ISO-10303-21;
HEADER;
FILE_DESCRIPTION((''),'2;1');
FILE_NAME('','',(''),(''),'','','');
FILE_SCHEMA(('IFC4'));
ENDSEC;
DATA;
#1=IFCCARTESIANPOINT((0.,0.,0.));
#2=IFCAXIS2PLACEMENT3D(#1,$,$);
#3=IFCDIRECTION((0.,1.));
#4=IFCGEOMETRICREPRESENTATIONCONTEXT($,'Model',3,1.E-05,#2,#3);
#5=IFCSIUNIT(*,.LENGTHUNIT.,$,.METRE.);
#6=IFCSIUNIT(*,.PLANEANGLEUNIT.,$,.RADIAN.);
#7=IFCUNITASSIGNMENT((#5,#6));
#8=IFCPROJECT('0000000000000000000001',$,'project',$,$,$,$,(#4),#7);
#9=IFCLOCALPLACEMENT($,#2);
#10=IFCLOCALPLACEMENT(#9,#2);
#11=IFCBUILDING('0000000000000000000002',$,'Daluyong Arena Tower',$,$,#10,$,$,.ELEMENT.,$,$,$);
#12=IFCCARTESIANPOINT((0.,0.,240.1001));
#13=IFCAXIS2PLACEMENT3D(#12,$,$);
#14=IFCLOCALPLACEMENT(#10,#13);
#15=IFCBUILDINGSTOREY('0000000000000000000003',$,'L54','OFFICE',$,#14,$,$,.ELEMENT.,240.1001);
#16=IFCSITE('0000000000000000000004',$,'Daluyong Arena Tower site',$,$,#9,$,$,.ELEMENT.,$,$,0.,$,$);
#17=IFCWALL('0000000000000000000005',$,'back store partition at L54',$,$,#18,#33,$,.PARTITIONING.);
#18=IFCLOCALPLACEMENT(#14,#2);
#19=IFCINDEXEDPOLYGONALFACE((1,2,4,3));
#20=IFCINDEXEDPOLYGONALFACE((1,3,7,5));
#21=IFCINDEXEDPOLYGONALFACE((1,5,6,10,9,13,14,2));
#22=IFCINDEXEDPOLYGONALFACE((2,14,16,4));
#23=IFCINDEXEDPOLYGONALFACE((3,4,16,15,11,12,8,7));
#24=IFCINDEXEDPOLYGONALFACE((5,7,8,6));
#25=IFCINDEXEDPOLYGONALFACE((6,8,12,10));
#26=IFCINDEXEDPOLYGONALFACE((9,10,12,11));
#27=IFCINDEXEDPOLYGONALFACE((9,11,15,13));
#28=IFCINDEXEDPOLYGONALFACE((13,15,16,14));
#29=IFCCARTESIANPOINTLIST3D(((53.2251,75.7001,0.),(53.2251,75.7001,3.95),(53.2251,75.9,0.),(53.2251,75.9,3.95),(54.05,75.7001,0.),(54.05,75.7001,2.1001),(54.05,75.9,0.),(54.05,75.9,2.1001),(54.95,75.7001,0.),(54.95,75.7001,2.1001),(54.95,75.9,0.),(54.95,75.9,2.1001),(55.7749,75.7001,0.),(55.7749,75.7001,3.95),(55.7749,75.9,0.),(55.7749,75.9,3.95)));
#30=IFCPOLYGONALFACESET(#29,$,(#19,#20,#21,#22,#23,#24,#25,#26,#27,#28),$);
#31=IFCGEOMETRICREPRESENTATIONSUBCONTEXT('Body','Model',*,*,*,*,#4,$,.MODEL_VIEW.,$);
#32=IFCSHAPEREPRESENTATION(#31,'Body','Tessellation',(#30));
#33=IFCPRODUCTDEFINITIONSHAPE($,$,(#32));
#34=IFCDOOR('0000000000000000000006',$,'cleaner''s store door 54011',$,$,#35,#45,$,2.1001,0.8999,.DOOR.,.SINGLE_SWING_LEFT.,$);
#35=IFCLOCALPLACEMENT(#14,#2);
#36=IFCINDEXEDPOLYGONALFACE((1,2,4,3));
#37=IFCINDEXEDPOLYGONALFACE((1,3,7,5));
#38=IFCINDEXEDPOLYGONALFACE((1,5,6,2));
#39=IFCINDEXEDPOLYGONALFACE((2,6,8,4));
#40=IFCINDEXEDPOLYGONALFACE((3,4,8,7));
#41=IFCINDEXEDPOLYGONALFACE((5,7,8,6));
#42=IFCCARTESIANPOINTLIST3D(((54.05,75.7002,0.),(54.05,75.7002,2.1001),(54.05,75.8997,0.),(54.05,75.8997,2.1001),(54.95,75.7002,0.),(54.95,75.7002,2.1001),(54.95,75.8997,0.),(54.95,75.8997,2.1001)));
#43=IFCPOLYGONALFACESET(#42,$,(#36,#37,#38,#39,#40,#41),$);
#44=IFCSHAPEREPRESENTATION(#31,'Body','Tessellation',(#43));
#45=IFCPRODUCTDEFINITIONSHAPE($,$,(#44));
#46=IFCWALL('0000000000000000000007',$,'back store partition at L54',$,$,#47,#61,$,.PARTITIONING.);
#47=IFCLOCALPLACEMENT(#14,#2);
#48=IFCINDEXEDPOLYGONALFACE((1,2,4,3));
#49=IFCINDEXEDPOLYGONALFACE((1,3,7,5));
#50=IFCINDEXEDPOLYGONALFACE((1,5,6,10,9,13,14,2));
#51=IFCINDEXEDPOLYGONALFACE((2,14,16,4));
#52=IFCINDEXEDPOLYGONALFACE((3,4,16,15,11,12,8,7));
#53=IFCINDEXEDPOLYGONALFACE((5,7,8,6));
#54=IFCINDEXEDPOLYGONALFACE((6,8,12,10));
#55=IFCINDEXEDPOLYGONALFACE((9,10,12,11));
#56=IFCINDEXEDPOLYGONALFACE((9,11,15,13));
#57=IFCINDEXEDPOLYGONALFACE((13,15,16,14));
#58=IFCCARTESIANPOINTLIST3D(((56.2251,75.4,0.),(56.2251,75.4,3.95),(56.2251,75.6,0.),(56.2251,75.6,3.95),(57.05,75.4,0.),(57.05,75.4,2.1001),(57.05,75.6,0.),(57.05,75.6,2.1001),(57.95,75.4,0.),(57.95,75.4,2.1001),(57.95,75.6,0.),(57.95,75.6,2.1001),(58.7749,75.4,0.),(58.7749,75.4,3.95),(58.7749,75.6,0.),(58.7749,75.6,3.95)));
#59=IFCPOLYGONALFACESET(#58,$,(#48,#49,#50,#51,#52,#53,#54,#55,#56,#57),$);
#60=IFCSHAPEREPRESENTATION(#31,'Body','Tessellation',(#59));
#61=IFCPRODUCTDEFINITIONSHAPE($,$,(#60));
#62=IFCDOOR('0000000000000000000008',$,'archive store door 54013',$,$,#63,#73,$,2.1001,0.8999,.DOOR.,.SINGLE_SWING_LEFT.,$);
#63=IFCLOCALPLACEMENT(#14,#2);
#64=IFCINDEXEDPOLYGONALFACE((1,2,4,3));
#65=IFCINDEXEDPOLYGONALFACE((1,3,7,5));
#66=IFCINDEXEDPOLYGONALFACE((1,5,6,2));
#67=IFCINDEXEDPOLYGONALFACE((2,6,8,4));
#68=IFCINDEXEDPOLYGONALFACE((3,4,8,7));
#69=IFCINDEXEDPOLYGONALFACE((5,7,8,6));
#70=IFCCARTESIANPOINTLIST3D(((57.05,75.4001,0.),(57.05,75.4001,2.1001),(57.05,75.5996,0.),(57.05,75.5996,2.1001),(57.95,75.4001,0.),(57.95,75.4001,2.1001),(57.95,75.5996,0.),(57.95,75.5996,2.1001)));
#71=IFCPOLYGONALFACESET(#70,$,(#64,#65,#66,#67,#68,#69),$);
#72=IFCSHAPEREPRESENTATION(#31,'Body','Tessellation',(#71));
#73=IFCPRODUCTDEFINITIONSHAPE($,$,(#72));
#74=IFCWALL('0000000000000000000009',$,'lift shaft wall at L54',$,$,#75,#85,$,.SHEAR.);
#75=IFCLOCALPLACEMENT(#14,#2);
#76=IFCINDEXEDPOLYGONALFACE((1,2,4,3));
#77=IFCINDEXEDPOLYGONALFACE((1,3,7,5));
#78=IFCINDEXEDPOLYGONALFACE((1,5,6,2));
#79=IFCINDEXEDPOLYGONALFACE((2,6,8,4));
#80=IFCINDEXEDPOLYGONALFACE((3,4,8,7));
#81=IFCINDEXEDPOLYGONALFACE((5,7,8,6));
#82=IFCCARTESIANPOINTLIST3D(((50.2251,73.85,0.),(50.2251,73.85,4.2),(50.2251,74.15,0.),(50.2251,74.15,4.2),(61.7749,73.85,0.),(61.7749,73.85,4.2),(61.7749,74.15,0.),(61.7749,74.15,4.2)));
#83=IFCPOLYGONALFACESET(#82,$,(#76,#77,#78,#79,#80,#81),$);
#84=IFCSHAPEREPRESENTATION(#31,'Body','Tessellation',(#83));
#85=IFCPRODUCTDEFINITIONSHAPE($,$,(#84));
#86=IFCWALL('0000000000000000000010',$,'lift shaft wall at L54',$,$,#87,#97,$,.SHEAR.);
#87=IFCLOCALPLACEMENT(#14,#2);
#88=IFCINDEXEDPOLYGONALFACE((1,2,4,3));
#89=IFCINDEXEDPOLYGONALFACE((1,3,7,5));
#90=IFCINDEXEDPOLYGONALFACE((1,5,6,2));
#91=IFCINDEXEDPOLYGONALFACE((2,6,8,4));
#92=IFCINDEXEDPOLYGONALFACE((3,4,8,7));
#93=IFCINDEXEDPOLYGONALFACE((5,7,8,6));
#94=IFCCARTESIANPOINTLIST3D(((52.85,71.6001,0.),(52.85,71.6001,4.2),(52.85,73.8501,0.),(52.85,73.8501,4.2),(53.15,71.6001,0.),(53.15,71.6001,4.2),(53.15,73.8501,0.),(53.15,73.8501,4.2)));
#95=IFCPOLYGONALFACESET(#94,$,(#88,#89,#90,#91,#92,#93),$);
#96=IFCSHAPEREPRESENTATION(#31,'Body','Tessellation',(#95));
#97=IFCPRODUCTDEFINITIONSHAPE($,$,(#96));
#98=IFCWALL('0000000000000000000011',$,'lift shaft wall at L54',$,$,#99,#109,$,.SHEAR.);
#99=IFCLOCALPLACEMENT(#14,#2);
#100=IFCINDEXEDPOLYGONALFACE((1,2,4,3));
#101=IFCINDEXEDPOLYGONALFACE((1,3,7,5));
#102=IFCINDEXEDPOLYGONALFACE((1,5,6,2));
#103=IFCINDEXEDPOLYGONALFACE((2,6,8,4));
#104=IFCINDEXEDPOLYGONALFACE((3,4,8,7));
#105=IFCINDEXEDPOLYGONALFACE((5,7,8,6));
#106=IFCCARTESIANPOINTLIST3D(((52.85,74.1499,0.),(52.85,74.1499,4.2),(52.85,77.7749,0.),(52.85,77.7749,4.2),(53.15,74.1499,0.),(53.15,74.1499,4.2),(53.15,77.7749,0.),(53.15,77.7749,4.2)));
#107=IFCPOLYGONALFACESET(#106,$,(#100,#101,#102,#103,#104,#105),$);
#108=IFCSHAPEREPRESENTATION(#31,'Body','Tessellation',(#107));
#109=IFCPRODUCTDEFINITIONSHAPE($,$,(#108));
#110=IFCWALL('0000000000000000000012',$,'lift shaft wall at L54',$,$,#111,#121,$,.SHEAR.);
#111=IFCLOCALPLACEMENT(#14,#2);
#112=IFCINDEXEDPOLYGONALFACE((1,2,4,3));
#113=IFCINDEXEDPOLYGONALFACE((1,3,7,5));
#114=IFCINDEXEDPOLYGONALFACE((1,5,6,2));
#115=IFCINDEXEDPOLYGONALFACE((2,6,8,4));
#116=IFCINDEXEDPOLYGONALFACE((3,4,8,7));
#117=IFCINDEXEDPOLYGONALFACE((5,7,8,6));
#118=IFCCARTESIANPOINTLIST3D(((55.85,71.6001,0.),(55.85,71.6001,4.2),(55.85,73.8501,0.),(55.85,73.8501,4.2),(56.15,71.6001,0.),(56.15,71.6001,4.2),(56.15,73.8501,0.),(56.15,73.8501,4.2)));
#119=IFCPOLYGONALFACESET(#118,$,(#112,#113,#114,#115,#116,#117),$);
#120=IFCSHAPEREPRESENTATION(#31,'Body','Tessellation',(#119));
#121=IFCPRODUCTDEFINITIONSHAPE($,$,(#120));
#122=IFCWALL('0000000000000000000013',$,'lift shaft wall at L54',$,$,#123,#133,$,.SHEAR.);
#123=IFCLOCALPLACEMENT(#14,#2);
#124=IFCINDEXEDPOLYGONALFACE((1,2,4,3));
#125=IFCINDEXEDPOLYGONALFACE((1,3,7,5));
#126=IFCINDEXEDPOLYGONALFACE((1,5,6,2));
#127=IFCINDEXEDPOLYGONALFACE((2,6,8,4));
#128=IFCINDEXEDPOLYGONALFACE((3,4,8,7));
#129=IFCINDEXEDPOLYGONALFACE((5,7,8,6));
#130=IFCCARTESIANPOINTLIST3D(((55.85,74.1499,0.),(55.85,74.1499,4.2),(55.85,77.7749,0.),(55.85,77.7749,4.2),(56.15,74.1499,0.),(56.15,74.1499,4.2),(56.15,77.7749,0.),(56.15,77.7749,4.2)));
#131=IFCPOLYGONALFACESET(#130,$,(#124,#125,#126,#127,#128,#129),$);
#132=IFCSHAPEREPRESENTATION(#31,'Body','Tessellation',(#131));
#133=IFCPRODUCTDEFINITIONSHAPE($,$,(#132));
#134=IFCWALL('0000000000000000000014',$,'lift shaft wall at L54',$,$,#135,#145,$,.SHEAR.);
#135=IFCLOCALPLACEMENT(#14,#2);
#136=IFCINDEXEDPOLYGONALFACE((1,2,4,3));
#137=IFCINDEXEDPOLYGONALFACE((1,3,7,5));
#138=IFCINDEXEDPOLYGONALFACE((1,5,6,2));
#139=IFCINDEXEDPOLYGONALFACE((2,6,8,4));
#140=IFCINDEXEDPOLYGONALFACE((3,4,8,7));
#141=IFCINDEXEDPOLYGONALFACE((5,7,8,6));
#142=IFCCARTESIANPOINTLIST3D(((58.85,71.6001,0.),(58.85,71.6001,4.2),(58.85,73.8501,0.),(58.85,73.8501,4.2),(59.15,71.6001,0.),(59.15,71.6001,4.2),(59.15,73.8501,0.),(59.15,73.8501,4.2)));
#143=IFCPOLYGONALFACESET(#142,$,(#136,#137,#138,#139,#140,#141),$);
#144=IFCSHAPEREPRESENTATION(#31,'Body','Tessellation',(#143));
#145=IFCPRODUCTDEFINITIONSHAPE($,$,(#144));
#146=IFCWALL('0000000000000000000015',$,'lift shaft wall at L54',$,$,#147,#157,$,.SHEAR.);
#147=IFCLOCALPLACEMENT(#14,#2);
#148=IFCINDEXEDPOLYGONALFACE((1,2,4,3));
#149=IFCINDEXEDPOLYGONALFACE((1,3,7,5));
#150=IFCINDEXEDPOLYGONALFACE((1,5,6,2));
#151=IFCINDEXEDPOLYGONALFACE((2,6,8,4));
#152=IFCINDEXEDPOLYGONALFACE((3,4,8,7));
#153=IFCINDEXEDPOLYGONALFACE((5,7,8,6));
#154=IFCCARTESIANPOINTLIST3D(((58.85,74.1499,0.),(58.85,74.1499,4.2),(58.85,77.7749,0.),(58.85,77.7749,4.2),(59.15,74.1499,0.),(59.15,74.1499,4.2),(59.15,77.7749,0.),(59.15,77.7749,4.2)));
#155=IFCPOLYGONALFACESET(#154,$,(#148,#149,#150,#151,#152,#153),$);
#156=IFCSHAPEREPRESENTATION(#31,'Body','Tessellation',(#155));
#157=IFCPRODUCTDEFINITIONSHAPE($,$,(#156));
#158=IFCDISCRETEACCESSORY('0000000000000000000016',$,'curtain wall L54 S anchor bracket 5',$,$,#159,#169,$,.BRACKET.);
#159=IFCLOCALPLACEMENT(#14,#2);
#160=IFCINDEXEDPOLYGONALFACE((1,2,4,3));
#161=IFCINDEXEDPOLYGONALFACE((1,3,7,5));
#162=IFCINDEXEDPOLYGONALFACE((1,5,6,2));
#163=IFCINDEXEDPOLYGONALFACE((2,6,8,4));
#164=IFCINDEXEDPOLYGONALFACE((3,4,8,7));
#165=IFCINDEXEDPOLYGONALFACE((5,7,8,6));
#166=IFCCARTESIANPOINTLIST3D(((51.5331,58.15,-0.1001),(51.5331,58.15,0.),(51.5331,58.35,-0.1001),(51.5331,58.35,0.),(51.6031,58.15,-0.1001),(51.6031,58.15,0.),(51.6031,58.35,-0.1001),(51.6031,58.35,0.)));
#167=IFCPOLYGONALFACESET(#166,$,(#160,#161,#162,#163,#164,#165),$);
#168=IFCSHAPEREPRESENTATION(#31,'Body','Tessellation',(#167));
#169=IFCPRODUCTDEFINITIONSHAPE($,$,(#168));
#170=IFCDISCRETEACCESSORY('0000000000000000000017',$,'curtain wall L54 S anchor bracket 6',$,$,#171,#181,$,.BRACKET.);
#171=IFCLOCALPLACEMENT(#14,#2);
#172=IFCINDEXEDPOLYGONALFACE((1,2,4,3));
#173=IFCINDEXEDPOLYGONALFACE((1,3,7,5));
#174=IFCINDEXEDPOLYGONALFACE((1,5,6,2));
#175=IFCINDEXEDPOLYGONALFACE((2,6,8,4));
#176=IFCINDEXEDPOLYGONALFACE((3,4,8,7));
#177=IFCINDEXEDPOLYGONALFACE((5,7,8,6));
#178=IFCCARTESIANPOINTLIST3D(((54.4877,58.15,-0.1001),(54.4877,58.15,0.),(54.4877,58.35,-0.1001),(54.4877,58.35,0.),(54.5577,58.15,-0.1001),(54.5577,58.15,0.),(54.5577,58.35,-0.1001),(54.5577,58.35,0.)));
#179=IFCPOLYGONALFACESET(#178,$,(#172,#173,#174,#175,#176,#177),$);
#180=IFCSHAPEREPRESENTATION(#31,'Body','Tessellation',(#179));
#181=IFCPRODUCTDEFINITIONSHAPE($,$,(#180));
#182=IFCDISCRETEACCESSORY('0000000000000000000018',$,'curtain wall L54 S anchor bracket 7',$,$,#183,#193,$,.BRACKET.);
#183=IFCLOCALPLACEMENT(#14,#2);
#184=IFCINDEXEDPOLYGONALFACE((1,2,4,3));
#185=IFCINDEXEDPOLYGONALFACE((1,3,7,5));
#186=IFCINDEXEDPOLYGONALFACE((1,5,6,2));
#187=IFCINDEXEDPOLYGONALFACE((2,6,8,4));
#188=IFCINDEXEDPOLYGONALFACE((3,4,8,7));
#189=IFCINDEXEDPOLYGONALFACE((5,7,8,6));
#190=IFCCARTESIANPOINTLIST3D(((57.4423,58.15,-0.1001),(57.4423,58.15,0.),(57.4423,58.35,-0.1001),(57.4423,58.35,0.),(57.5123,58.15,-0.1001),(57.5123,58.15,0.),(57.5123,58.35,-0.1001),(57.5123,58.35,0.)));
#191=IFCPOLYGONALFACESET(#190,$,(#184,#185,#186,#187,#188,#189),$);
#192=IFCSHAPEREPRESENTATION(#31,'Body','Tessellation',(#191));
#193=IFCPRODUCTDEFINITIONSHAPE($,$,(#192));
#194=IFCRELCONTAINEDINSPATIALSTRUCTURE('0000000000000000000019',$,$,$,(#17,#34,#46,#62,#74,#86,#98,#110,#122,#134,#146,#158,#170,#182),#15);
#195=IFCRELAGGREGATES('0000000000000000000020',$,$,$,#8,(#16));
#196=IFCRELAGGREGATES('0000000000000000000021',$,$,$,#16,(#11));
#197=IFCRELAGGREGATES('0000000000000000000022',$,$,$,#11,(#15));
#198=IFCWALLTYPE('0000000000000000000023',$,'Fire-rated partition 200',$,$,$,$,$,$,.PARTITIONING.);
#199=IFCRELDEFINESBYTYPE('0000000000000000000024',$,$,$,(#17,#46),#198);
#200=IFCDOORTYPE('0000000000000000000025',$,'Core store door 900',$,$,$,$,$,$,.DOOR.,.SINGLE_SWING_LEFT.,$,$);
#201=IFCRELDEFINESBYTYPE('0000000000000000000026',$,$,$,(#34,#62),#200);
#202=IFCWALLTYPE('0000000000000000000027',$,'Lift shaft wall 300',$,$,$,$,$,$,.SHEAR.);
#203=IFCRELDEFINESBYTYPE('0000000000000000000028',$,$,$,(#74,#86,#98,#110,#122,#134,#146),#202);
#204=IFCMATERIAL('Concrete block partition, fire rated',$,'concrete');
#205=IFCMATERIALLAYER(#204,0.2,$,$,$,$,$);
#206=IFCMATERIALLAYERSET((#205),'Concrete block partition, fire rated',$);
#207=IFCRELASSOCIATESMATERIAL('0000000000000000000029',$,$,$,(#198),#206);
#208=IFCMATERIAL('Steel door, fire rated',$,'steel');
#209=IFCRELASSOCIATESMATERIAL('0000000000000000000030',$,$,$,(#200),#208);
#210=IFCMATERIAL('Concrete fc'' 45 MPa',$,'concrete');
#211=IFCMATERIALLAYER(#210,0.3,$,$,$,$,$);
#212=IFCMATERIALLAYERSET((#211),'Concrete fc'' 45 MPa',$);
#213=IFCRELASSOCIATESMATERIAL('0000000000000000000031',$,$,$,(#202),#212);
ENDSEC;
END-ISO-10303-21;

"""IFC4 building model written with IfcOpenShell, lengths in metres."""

from ifc_helpers import new_model, si_unit, direction, frame, frame_2d, origin, origin_2d, place, context, subcontext, project, spatial, rectangle, extrude, material, layer, layer_set, type_object, element, fill, save


model = new_model("IFC4")

# Units and contexts
model_context = context("Model", 3, precision=1e-05, world=origin(), true_north=direction((0.0, 1.0)))
body_context = subcontext(model_context, "Body", "Model", "MODEL_VIEW")
ifc_project = project(units=[si_unit("LENGTHUNIT", "METRE"), si_unit("PLANEANGLEUNIT", "RADIAN")], contexts=[model_context])

# Site, building, storey
site_placement = place(None, origin())
site = spatial("IfcSite", under=ifc_project, at=site_placement, Name="Daluyong Arena Tower site", CompositionType="ELEMENT", RefElevation=0.0)
building_placement = place(site_placement, origin())
building = spatial("IfcBuilding", under=site, at=building_placement, Name="Daluyong Arena Tower", CompositionType="ELEMENT")
storey_placement = place(building_placement, frame((0.0, 0.0, 240.1001)))
storey = spatial("IfcBuildingStorey", under=building, at=storey_placement, Name="L54", Description="OFFICE", CompositionType="ELEMENT", Elevation=240.1001)

# Walls, openings, doors
ifc_material_1 = material(Name="Concrete block partition, fire rated", Category="concrete")
ifc_layer_1 = layer(ifc_material_1, 0.2)
ifc_layer_set_1 = layer_set([ifc_layer_1], Name="Concrete block partition, fire rated")
wall_type_1 = type_object("IfcWallType", Name="Fire-rated partition 200", PredefinedType="PARTITIONING", material=ifc_layer_set_1)
ifc_material_2 = material(Name="Steel door, fire rated", Category="steel")
door_type = type_object("IfcDoorType", Name="Core store door 900", OperationType="SINGLE_SWING_LEFT", PredefinedType="DOOR", material=ifc_material_2)
wall_1_placement = place(storey_placement, frame((53.2251, 75.8, 0.0), z_axis=(0.0, 0.0, 1.0), x_axis=(1.0, 0.0, 0.0)))
wall_1 = element("IfcWall", 1, at=wall_1_placement, inside=storey, type_object=wall_type_1, Name="back store partition at L54", PredefinedType="PARTITIONING", context=body_context, shape_type="SweptSolid", body=[
    extrude(rectangle(XDim=2.5498, YDim=0.2, at=frame_2d((1.2749, 0.0))), origin(), (0.0, 0.0, 1.0), 3.95),
])
opening_1_placement = place(wall_1_placement, frame((0.825, 0.0, 0.0)))
opening_1 = element("IfcOpeningElement", 2, at=opening_1_placement, cuts=wall_1, PredefinedType="OPENING", context=body_context, shape_type="SweptSolid", body=[
    extrude(rectangle(XDim=0.8999, YDim=2.1001, at=frame_2d((0.45, 1.05))), frame((0.0, 0.1099, 0.0), z_axis=(0.0, -1.0, 0.0), x_axis=(1.0, 0.0, 0.0)), (0.0, 0.0, 1.0), 0.22),
])
door_1_placement = place(opening_1_placement, origin())
door_1 = element("IfcDoor", 3, at=door_1_placement, inside=storey, type_object=door_type, Name="cleaner's store door 54011", OperationType="SINGLE_SWING_LEFT", OverallHeight=2.1001, OverallWidth=0.8999, PredefinedType="DOOR", context=body_context, shape_type="SweptSolid", body=[
    extrude(rectangle(XDim=0.8999, YDim=2.1001, at=frame_2d((0.45, 1.05))), frame((0.0, 0.0996, 0.0), z_axis=(0.0, -1.0, 0.0), x_axis=(1.0, 0.0, 0.0)), (0.0, 0.0, 1.0), 0.1995),
])
fill(opening_1, door_1)
wall_2_placement = place(storey_placement, frame((56.2251, 75.5, 0.0), z_axis=(0.0, 0.0, 1.0), x_axis=(1.0, 0.0, 0.0)))
wall_2 = element("IfcWall", 4, at=wall_2_placement, inside=storey, type_object=wall_type_1, Name="back store partition at L54", PredefinedType="PARTITIONING", context=body_context, shape_type="SweptSolid", body=[
    extrude(rectangle(XDim=2.5498, YDim=0.2, at=frame_2d((1.2749, 0.0))), origin(), (0.0, 0.0, 1.0), 3.95),
])
opening_2_placement = place(wall_2_placement, frame((0.825, 0.0, 0.0)))
opening_2 = element("IfcOpeningElement", 5, at=opening_2_placement, cuts=wall_2, PredefinedType="OPENING", context=body_context, shape_type="SweptSolid", body=[
    extrude(rectangle(XDim=0.8999, YDim=2.1001, at=frame_2d((0.45, 1.05))), frame((0.0, 0.1099, 0.0), z_axis=(0.0, -1.0, 0.0), x_axis=(1.0, 0.0, 0.0)), (0.0, 0.0, 1.0), 0.22),
])
door_2_placement = place(opening_2_placement, origin())
door_2 = element("IfcDoor", 6, at=door_2_placement, inside=storey, type_object=door_type, Name="archive store door 54013", OperationType="SINGLE_SWING_LEFT", OverallHeight=2.1001, OverallWidth=0.8999, PredefinedType="DOOR", context=body_context, shape_type="SweptSolid", body=[
    extrude(rectangle(XDim=0.8999, YDim=2.1001, at=frame_2d((0.45, 1.05))), frame((0.0, 0.0996, 0.0), z_axis=(0.0, -1.0, 0.0), x_axis=(1.0, 0.0, 0.0)), (0.0, 0.0, 1.0), 0.1995),
])
fill(opening_2, door_2)

# Walls
ifc_material_3 = material(Name="Concrete fc' 45 MPa", Category="concrete")
ifc_layer_2 = layer(ifc_material_3, 0.3)
ifc_layer_set_2 = layer_set([ifc_layer_2], Name="Concrete fc' 45 MPa")
wall_type_2 = type_object("IfcWallType", Name="Lift shaft wall 300", PredefinedType="SHEAR", material=ifc_layer_set_2)
wall_3_placement = place(storey_placement, frame((50.2251, 74.0, 0.0), z_axis=(0.0, 0.0, 1.0), x_axis=(1.0, 0.0, 0.0)))
element("IfcWall", 7, at=wall_3_placement, inside=storey, type_object=wall_type_2, Name="lift shaft wall at L54", PredefinedType="SHEAR", context=body_context, shape_type="SweptSolid", body=[
    extrude(rectangle(XDim=11.5498, YDim=0.3, at=frame_2d((5.7749, 0.0))), origin(), (0.0, 0.0, 1.0), 4.2),
])
wall_4_placement = place(storey_placement, frame((53.0, 71.6001, 0.0), z_axis=(0.0, 0.0, 1.0), x_axis=(0.0, 1.0, 0.0)))
element("IfcWall", 8, at=wall_4_placement, inside=storey, type_object=wall_type_2, Name="lift shaft wall at L54", PredefinedType="SHEAR", context=body_context, shape_type="SweptSolid", body=[
    extrude(rectangle(XDim=2.25, YDim=0.3, at=frame_2d((1.125, 0.0))), origin(), (0.0, 0.0, 1.0), 4.2),
])
wall_5_placement = place(storey_placement, frame((53.0, 74.1499, 0.0), z_axis=(0.0, 0.0, 1.0), x_axis=(0.0, 1.0, 0.0)))
element("IfcWall", 9, at=wall_5_placement, inside=storey, type_object=wall_type_2, Name="lift shaft wall at L54", PredefinedType="SHEAR", context=body_context, shape_type="SweptSolid", body=[
    extrude(rectangle(XDim=3.625, YDim=0.3, at=frame_2d((1.8125, 0.0))), origin(), (0.0, 0.0, 1.0), 4.2),
])
wall_6_placement = place(storey_placement, frame((56.0, 71.6001, 0.0), z_axis=(0.0, 0.0, 1.0), x_axis=(0.0, 1.0, 0.0)))
element("IfcWall", 10, at=wall_6_placement, inside=storey, type_object=wall_type_2, Name="lift shaft wall at L54", PredefinedType="SHEAR", context=body_context, shape_type="SweptSolid", body=[
    extrude(rectangle(XDim=2.25, YDim=0.3, at=frame_2d((1.125, 0.0))), origin(), (0.0, 0.0, 1.0), 4.2),
])
wall_7_placement = place(storey_placement, frame((56.0, 74.1499, 0.0), z_axis=(0.0, 0.0, 1.0), x_axis=(0.0, 1.0, 0.0)))
element("IfcWall", 11, at=wall_7_placement, inside=storey, type_object=wall_type_2, Name="lift shaft wall at L54", PredefinedType="SHEAR", context=body_context, shape_type="SweptSolid", body=[
    extrude(rectangle(XDim=3.625, YDim=0.3, at=frame_2d((1.8125, 0.0))), origin(), (0.0, 0.0, 1.0), 4.2),
])
wall_8_placement = place(storey_placement, frame((59.0, 71.6001, 0.0), z_axis=(0.0, 0.0, 1.0), x_axis=(0.0, 1.0, 0.0)))
element("IfcWall", 12, at=wall_8_placement, inside=storey, type_object=wall_type_2, Name="lift shaft wall at L54", PredefinedType="SHEAR", context=body_context, shape_type="SweptSolid", body=[
    extrude(rectangle(XDim=2.25, YDim=0.3, at=frame_2d((1.125, 0.0))), origin(), (0.0, 0.0, 1.0), 4.2),
])
wall_9_placement = place(storey_placement, frame((59.0, 74.1499, 0.0), z_axis=(0.0, 0.0, 1.0), x_axis=(0.0, 1.0, 0.0)))
element("IfcWall", 13, at=wall_9_placement, inside=storey, type_object=wall_type_2, Name="lift shaft wall at L54", PredefinedType="SHEAR", context=body_context, shape_type="SweptSolid", body=[
    extrude(rectangle(XDim=3.625, YDim=0.3, at=frame_2d((1.8125, 0.0))), origin(), (0.0, 0.0, 1.0), 4.2),
])

# Discrete accessories
for number, where, z_axis, x_axis, name in (
    (14, (51.5681, 58.25, -0.1001), (0.0, 0.0, 1.0), (1.0, 0.0, 0.0), "curtain wall L54 S anchor bracket 5"),
    (15, (54.5227, 58.25, -0.1001), (0.0, 0.0, 1.0), (1.0, 0.0, 0.0), "curtain wall L54 S anchor bracket 6"),
    (16, (57.4773, 58.25, -0.1001), (0.0, 0.0, 1.0), (1.0, 0.0, 0.0), "curtain wall L54 S anchor bracket 7"),
):
    element("IfcDiscreteAccessory", number, at=place(storey_placement, frame(where, z_axis=z_axis, x_axis=x_axis)), inside=storey, Name=name, PredefinedType="BRACKET", context=body_context, shape_type="SweptSolid", body=[
        extrude(rectangle(XDim=0.0701, YDim=0.2, at=origin_2d()), origin(), (0.0, 0.0, 1.0), 0.1001),
    ])

save(model, "model.ifc")
